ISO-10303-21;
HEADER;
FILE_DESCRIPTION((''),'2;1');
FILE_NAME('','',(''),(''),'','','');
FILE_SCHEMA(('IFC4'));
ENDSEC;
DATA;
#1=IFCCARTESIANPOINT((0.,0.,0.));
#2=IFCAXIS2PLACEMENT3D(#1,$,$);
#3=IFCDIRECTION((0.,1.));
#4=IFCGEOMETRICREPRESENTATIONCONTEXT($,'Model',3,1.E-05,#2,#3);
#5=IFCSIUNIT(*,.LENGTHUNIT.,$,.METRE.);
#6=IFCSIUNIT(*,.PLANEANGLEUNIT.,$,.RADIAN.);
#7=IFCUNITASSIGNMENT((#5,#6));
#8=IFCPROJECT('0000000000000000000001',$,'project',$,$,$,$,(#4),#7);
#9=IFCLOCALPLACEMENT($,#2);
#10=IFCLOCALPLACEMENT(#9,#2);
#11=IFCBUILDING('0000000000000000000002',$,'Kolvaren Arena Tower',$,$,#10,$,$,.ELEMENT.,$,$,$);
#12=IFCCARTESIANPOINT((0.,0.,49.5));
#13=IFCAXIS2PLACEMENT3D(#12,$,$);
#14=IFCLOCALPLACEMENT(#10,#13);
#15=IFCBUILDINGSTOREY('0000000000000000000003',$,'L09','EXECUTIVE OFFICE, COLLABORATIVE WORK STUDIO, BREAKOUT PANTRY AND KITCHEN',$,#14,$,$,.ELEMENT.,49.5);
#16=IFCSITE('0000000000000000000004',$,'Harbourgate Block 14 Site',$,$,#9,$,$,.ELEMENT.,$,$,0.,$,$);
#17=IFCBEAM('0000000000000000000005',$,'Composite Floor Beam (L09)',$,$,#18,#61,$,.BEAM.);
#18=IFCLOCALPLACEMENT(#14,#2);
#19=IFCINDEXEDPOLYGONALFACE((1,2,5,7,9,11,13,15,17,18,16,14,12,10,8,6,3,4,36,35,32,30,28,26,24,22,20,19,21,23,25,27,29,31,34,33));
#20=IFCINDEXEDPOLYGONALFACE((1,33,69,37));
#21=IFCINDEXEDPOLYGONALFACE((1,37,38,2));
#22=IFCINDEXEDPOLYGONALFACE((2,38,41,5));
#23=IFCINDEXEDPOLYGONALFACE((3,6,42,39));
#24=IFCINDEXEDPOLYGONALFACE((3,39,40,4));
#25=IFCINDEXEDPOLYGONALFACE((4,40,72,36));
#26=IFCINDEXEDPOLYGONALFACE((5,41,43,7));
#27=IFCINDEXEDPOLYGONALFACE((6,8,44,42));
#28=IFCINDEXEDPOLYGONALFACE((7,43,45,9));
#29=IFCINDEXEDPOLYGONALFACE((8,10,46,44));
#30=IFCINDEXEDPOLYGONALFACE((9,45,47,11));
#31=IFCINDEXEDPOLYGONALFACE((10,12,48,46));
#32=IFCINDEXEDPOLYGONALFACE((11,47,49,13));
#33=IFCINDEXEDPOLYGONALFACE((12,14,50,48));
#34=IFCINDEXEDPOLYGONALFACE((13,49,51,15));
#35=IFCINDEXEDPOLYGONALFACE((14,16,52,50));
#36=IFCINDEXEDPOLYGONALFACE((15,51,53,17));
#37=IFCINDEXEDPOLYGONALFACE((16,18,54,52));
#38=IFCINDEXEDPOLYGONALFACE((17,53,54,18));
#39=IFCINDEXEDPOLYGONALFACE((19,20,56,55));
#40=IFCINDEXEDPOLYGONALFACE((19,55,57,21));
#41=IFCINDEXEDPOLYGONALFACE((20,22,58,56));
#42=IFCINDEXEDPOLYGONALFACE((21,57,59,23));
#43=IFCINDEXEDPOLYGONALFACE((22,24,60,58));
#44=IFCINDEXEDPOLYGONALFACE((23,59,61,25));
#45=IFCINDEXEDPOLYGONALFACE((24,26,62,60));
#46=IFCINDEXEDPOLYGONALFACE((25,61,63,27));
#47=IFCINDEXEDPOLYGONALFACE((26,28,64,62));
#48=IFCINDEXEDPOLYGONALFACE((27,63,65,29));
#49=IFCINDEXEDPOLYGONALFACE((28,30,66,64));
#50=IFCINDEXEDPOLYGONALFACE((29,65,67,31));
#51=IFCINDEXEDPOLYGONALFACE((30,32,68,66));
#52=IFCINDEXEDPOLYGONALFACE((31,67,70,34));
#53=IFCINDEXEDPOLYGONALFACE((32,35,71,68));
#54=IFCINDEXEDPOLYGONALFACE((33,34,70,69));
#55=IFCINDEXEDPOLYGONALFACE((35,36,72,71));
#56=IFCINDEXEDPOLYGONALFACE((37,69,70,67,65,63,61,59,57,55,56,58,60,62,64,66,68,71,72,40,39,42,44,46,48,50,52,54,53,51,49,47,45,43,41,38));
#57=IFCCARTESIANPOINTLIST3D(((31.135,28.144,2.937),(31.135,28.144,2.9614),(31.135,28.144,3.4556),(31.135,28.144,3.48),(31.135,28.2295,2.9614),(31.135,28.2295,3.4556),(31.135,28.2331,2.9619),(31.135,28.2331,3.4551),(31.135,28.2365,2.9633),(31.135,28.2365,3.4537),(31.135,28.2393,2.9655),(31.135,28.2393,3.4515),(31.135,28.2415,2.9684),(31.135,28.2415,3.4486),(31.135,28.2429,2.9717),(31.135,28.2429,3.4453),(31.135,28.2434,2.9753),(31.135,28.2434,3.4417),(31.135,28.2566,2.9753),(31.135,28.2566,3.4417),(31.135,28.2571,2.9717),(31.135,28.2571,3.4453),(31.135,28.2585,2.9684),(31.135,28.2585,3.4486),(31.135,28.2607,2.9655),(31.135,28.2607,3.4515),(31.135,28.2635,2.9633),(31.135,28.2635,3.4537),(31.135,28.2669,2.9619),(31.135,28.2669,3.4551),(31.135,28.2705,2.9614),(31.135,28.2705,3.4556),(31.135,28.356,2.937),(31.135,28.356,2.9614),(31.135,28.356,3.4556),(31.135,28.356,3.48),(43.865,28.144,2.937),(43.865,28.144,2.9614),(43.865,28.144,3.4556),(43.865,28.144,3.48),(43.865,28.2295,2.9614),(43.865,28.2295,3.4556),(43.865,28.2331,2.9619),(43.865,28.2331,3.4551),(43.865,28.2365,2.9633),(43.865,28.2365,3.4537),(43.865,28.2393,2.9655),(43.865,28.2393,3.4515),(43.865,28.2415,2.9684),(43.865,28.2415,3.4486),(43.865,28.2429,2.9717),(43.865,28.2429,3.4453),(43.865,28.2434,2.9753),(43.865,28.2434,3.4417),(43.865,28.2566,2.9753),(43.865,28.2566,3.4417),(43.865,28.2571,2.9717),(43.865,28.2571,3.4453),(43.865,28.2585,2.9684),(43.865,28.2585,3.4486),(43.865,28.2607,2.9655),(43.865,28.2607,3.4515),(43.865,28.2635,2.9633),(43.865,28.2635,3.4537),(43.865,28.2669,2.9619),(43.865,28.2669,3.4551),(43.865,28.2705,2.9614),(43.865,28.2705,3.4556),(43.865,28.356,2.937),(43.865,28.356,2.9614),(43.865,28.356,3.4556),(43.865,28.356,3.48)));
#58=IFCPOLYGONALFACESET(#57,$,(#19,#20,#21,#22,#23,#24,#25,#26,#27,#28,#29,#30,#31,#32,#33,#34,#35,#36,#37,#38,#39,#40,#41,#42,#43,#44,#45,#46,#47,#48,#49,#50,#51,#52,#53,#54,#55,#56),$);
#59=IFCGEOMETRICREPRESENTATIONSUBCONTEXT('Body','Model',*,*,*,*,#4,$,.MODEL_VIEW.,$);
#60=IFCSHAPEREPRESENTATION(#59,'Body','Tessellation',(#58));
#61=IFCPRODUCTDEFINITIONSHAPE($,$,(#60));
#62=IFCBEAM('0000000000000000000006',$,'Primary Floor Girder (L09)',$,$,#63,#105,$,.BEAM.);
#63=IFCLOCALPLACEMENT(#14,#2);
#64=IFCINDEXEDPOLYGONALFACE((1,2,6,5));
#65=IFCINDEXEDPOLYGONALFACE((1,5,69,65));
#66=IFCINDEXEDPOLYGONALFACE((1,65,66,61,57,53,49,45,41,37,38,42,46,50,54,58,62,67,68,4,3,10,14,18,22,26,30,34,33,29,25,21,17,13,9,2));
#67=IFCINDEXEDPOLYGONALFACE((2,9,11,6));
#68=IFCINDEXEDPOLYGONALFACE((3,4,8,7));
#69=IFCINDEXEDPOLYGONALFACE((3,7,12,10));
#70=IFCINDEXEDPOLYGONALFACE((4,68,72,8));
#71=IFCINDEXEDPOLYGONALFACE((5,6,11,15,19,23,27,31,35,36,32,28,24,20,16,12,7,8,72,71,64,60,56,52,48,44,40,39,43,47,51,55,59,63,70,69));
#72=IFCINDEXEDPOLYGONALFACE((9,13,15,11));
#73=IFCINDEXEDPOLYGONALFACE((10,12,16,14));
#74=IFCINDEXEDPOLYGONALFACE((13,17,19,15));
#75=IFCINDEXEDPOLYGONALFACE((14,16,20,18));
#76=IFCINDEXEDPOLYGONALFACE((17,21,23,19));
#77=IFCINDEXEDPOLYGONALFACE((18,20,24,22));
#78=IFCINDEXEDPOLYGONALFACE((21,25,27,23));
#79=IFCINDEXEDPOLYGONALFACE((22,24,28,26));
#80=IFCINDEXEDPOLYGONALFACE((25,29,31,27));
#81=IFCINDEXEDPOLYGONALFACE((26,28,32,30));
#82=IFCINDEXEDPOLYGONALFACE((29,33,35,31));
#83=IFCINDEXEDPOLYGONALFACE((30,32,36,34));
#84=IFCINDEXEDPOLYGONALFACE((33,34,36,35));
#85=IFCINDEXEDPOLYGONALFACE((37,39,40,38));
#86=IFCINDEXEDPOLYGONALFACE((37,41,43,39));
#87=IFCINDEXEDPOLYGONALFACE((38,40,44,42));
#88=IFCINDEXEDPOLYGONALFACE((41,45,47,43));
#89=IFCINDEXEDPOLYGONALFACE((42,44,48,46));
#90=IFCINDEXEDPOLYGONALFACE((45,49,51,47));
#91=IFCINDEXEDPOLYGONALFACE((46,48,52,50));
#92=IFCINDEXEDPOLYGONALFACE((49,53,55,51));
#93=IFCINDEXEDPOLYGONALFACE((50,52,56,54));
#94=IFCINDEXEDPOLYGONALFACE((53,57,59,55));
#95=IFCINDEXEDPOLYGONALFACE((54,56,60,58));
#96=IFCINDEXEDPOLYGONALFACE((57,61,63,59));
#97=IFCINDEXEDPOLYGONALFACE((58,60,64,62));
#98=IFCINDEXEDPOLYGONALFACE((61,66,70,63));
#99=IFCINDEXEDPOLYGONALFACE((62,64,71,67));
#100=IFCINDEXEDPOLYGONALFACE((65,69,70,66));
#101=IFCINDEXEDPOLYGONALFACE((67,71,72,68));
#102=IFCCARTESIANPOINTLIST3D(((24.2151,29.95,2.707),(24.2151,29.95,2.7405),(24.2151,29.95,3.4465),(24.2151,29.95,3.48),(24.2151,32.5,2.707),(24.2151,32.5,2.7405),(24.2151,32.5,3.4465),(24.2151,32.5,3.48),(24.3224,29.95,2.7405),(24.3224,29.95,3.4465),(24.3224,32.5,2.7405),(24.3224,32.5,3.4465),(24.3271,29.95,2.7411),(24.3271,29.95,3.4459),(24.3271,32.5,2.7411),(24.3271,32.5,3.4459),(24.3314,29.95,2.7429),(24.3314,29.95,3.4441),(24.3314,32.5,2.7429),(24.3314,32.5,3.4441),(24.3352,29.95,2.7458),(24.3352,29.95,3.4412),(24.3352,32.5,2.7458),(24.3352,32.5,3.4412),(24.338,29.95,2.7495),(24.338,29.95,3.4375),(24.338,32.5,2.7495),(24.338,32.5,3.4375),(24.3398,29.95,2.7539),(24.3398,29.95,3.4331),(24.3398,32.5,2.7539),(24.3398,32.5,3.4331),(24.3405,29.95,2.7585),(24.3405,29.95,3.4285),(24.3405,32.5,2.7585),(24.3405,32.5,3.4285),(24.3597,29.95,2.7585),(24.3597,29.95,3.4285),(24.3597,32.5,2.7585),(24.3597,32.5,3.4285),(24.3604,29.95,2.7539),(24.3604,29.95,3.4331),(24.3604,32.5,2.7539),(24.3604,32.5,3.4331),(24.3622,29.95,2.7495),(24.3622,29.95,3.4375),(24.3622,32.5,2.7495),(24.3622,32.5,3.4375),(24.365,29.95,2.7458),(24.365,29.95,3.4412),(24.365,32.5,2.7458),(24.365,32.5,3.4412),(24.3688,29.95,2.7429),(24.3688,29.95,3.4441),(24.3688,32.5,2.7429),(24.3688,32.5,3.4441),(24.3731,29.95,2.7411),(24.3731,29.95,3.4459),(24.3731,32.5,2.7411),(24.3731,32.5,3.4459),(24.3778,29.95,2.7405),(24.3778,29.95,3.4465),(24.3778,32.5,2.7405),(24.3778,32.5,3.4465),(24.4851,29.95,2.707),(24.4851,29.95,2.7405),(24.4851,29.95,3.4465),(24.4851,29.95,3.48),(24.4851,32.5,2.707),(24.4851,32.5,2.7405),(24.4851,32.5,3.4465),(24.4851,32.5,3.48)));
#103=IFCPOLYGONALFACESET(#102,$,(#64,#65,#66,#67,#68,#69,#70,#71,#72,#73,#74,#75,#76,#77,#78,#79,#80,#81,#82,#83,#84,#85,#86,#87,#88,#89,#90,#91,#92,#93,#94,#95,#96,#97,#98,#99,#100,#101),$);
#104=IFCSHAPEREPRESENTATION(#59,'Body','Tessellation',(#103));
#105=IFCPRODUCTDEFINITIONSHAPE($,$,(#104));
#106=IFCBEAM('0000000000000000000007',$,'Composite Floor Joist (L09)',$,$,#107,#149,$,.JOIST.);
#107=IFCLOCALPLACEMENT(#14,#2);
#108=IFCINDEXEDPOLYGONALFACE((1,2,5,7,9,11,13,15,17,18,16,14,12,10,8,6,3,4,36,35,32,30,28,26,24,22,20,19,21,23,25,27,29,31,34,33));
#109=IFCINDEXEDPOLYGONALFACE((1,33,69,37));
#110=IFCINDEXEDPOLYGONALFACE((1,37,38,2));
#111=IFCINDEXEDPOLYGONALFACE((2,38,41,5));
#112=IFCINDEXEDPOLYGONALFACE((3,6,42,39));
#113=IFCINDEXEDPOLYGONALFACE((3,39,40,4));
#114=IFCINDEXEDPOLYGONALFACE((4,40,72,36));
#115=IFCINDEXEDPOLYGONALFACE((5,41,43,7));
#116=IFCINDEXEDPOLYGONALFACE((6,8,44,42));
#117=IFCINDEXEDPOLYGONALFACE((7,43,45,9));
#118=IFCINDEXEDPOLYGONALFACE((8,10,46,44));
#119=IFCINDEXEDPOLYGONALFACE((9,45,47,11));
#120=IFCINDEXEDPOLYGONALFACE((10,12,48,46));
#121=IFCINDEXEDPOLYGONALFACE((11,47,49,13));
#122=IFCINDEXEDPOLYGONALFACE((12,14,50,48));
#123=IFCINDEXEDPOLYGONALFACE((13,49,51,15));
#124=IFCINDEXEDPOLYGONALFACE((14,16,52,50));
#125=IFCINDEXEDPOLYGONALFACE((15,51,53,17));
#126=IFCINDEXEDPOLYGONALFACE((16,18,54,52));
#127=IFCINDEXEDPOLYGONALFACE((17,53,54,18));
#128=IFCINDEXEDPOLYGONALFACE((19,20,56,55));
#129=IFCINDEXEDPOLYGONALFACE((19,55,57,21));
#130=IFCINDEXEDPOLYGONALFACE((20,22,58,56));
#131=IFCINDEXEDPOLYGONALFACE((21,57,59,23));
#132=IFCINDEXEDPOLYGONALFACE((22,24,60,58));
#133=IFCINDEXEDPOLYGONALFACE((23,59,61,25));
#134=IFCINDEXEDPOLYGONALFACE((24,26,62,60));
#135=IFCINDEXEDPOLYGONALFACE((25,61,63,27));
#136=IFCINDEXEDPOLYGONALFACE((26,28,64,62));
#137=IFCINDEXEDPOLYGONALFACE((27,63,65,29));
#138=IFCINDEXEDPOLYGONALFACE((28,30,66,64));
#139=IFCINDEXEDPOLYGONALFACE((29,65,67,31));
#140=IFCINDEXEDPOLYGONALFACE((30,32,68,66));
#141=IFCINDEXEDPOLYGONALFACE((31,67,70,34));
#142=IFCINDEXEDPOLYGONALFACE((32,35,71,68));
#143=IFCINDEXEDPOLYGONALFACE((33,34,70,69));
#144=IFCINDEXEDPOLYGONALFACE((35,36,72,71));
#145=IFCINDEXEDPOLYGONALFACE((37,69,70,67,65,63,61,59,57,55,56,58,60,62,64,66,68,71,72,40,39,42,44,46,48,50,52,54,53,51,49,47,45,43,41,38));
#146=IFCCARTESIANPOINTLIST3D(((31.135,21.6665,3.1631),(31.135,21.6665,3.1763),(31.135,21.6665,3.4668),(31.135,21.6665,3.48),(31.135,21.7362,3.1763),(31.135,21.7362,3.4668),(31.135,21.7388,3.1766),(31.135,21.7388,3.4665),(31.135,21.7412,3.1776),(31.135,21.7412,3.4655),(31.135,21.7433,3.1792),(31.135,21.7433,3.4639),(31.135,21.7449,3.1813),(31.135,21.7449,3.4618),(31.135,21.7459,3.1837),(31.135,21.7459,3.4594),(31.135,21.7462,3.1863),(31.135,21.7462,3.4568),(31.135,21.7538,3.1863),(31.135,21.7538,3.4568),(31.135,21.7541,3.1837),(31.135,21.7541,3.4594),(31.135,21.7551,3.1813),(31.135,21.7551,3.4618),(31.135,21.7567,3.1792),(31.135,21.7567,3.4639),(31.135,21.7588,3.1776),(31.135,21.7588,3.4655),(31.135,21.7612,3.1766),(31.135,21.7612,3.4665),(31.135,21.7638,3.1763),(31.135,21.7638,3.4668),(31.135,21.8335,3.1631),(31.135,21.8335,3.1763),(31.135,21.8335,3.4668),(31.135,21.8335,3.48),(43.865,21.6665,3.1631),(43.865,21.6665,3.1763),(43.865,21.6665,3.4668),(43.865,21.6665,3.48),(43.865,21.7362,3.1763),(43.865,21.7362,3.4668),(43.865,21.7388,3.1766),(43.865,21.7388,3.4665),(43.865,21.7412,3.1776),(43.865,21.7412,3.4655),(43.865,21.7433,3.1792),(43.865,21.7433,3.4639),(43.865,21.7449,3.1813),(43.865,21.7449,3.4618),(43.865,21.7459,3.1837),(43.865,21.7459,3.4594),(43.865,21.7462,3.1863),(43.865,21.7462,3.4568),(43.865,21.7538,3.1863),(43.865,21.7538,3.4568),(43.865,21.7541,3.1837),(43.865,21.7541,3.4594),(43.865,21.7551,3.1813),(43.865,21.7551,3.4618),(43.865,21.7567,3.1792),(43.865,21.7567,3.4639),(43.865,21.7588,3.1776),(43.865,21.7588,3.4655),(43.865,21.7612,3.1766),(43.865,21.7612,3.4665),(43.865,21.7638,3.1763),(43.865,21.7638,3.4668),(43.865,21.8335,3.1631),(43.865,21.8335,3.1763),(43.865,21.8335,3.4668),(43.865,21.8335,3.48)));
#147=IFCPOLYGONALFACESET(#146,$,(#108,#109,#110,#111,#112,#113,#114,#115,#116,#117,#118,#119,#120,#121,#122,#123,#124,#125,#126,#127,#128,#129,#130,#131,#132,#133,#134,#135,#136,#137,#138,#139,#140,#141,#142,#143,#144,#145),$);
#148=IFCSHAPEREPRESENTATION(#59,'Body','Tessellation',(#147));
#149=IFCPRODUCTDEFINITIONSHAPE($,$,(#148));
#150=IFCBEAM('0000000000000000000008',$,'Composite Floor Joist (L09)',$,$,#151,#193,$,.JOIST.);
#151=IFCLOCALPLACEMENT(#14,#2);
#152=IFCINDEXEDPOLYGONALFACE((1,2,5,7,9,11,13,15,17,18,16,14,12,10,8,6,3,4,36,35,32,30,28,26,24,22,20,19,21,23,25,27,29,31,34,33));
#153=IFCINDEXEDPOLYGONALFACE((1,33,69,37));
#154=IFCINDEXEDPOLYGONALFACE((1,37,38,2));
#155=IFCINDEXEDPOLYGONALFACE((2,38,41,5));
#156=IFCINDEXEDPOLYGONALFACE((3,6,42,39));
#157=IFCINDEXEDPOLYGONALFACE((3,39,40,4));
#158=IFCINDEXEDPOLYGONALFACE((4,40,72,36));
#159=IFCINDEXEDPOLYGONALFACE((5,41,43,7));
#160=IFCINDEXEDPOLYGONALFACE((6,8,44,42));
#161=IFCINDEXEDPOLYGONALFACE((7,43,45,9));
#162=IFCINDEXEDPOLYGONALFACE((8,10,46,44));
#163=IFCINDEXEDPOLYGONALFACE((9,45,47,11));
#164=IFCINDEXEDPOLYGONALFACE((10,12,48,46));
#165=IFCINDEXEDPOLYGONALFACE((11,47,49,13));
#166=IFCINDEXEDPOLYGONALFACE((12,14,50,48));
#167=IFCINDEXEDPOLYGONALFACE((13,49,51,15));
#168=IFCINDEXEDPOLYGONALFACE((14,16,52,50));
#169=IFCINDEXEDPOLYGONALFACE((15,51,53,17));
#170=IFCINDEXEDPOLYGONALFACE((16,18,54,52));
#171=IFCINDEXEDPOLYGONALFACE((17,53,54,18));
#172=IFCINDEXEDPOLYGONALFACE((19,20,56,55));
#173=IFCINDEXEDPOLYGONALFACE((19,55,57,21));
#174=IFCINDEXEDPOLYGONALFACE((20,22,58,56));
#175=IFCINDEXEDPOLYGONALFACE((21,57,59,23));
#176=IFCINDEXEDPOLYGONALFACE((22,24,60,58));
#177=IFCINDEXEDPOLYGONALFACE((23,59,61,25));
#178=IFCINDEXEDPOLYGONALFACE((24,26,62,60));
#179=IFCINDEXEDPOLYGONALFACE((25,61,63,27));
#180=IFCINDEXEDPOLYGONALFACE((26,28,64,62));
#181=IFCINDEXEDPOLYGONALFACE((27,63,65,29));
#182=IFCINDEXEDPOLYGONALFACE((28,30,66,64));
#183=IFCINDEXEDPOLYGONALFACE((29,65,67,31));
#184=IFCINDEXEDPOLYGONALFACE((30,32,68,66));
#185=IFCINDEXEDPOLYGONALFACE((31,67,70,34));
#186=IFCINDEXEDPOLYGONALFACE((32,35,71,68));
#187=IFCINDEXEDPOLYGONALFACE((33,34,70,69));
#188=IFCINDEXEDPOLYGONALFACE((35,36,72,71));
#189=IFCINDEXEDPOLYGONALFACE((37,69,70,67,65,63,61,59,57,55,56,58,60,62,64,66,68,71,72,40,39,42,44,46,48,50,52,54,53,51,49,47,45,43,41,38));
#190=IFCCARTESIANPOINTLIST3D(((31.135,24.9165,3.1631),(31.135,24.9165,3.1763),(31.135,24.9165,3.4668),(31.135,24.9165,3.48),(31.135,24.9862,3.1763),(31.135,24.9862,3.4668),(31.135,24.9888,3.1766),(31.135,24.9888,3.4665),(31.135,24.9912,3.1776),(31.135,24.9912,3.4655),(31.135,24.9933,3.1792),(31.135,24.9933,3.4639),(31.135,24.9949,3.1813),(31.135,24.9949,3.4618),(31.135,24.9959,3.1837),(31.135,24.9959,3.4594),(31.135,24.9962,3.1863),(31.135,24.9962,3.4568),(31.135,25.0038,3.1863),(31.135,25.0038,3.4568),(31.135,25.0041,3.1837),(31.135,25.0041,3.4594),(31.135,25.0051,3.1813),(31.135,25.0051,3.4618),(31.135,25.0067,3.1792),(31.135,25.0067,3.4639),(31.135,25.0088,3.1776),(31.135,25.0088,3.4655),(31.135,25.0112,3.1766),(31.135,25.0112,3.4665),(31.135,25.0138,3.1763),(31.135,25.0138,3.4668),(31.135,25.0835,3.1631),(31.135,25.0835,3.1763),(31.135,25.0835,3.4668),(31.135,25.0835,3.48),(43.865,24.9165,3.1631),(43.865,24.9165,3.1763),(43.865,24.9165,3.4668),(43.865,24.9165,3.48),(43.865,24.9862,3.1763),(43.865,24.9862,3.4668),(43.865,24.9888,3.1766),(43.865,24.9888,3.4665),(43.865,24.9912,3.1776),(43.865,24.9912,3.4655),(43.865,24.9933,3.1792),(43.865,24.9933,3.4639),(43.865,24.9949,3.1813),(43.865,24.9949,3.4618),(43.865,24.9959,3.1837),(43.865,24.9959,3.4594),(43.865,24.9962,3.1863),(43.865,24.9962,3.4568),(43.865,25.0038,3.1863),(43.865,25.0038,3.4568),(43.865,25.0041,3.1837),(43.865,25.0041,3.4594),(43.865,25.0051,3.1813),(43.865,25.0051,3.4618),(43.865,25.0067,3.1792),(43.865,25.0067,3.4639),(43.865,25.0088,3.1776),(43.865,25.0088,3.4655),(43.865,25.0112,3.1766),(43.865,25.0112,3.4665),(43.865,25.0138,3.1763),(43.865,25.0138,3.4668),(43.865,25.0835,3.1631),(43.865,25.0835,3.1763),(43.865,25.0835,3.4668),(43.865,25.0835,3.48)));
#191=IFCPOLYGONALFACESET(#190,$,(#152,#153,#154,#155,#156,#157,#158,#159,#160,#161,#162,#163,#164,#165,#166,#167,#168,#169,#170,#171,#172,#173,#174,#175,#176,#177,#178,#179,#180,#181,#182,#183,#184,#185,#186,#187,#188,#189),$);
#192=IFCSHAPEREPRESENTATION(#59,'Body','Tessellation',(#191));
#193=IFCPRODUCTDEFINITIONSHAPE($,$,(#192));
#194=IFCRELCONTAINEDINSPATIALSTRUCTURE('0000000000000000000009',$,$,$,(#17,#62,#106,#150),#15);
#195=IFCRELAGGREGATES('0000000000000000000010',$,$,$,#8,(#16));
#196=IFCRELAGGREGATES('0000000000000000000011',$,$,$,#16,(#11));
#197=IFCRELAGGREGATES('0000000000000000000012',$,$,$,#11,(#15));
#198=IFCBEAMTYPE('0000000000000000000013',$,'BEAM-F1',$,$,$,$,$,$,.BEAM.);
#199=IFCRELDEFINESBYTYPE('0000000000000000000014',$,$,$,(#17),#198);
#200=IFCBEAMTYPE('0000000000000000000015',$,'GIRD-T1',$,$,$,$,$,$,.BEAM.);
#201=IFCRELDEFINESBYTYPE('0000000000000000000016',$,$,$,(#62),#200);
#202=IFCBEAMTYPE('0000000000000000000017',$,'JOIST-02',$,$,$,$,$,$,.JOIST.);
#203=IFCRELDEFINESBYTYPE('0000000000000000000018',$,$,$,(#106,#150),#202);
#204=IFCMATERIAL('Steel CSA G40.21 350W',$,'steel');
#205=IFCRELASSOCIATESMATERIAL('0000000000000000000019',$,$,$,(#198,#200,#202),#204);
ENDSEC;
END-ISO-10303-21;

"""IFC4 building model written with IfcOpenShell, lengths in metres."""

from ifc_helpers import new_model, si_unit, direction, frame, origin, origin_2d, place, context, subcontext, project, spatial, i_section, extrude, material, material_profile, profile_set, type_object, element, save


model = new_model("IFC4")

# Units and contexts
model_context = context("Model", 3, precision=1e-05, world=origin(), true_north=direction((0.0, 1.0)))
body_context = subcontext(model_context, "Body", "Model", "MODEL_VIEW")
ifc_project = project(units=[si_unit("LENGTHUNIT", "METRE"), si_unit("PLANEANGLEUNIT", "RADIAN")], contexts=[model_context])

# Site, building, storey
site_placement = place(None, origin())
site = spatial("IfcSite", under=ifc_project, at=site_placement, Name="Harbourgate Block 14 Site", CompositionType="ELEMENT", RefElevation=0.0)
building_placement = place(site_placement, origin())
building = spatial("IfcBuilding", under=site, at=building_placement, Name="Kolvaren Arena Tower", CompositionType="ELEMENT")
storey_placement = place(building_placement, frame((0.0, 0.0, 49.5)))
storey = spatial("IfcBuildingStorey", under=building, at=storey_placement, Name="L09", Description="EXECUTIVE OFFICE, COLLABORATIVE WORK STUDIO, BREAKOUT PANTRY AND KITCHEN", CompositionType="ELEMENT", Elevation=49.5)

# Beams
ifc_material_1 = material(Name="Steel CSA G40.21 350W", Category="steel")
ifc_material_profile_1 = material_profile(ifc_material_1, i_section(OverallWidth=0.2119, OverallDepth=0.543, WebThickness=0.0132, FlangeThickness=0.0244, FilletRadius=0.0139, at=origin_2d()), Name="W530x150")
ifc_profile_set_1 = profile_set([ifc_material_profile_1], Name="Steel CSA G40.21 350W")
beam_type_1 = type_object("IfcBeamType", Name="BEAM-F1", PredefinedType="BEAM", material=ifc_profile_set_1)
beam_1_placement = place(storey_placement, frame((31.135, 28.25, 3.2085), z_axis=(1.0, 0.0, 0.0), x_axis=(0.0, 1.0, 0.0)))
element("IfcBeam", 1, at=beam_1_placement, inside=storey, type_object=beam_type_1, Name="Composite Floor Beam (L09)", PredefinedType="BEAM", context=body_context, shape_type="SweptSolid", body=[
    extrude(i_section(OverallWidth=0.2119, OverallDepth=0.543, WebThickness=0.0132, FlangeThickness=0.0244, FilletRadius=0.0139, at=origin_2d()), origin(), (0.0, 0.0, 1.0), 12.73),
])
ifc_material_profile_2 = material_profile(ifc_material_1, i_section(OverallWidth=0.27, OverallDepth=0.7729, WebThickness=0.0193, FlangeThickness=0.0334, FilletRadius=0.0181, at=origin_2d()), Name="W760x257")
ifc_profile_set_2 = profile_set([ifc_material_profile_2], Name="Steel CSA G40.21 350W")
beam_type_2 = type_object("IfcBeamType", Name="GIRD-T1", PredefinedType="BEAM", material=ifc_profile_set_2)
beam_2_placement = place(storey_placement, frame((24.3501, 29.95, 3.0935), z_axis=(0.0, 1.0, 0.0), x_axis=(-1.0, 0.0, 0.0)))
element("IfcBeam", 2, at=beam_2_placement, inside=storey, type_object=beam_type_2, Name="Primary Floor Girder (L09)", PredefinedType="BEAM", context=body_context, shape_type="SweptSolid", body=[
    extrude(i_section(OverallWidth=0.27, OverallDepth=0.7729, WebThickness=0.0193, FlangeThickness=0.0334, FilletRadius=0.0181, at=origin_2d()), origin(), (0.0, 0.0, 1.0), 2.55),
])
ifc_material_profile_3 = material_profile(ifc_material_1, i_section(OverallWidth=0.167, OverallDepth=0.3169, WebThickness=0.0076, FlangeThickness=0.0132, FilletRadius=0.01, at=origin_2d()), Name="W310x52")
ifc_profile_set_3 = profile_set([ifc_material_profile_3], Name="Steel CSA G40.21 350W")
beam_type_3 = type_object("IfcBeamType", Name="JOIST-02", PredefinedType="JOIST", material=ifc_profile_set_3)
for number, where, z_axis, x_axis, name in (
    (3, (31.135, 21.75, 3.3215), (1.0, 0.0, 0.0), (0.0, 1.0, 0.0), "Composite Floor Joist (L09)"),
    (4, (31.135, 25.0, 3.3215), (1.0, 0.0, 0.0), (0.0, 1.0, 0.0), "Composite Floor Joist (L09)"),
):
    element("IfcBeam", number, at=place(storey_placement, frame(where, z_axis=z_axis, x_axis=x_axis)), inside=storey, type_object=beam_type_3, Name=name, PredefinedType="JOIST", context=body_context, shape_type="SweptSolid", body=[
        extrude(i_section(OverallWidth=0.167, OverallDepth=0.3169, WebThickness=0.0076, FlangeThickness=0.0132, FilletRadius=0.01, at=origin_2d()), origin(), (0.0, 0.0, 1.0), 12.73),
    ])

save(model, "model.ifc")
